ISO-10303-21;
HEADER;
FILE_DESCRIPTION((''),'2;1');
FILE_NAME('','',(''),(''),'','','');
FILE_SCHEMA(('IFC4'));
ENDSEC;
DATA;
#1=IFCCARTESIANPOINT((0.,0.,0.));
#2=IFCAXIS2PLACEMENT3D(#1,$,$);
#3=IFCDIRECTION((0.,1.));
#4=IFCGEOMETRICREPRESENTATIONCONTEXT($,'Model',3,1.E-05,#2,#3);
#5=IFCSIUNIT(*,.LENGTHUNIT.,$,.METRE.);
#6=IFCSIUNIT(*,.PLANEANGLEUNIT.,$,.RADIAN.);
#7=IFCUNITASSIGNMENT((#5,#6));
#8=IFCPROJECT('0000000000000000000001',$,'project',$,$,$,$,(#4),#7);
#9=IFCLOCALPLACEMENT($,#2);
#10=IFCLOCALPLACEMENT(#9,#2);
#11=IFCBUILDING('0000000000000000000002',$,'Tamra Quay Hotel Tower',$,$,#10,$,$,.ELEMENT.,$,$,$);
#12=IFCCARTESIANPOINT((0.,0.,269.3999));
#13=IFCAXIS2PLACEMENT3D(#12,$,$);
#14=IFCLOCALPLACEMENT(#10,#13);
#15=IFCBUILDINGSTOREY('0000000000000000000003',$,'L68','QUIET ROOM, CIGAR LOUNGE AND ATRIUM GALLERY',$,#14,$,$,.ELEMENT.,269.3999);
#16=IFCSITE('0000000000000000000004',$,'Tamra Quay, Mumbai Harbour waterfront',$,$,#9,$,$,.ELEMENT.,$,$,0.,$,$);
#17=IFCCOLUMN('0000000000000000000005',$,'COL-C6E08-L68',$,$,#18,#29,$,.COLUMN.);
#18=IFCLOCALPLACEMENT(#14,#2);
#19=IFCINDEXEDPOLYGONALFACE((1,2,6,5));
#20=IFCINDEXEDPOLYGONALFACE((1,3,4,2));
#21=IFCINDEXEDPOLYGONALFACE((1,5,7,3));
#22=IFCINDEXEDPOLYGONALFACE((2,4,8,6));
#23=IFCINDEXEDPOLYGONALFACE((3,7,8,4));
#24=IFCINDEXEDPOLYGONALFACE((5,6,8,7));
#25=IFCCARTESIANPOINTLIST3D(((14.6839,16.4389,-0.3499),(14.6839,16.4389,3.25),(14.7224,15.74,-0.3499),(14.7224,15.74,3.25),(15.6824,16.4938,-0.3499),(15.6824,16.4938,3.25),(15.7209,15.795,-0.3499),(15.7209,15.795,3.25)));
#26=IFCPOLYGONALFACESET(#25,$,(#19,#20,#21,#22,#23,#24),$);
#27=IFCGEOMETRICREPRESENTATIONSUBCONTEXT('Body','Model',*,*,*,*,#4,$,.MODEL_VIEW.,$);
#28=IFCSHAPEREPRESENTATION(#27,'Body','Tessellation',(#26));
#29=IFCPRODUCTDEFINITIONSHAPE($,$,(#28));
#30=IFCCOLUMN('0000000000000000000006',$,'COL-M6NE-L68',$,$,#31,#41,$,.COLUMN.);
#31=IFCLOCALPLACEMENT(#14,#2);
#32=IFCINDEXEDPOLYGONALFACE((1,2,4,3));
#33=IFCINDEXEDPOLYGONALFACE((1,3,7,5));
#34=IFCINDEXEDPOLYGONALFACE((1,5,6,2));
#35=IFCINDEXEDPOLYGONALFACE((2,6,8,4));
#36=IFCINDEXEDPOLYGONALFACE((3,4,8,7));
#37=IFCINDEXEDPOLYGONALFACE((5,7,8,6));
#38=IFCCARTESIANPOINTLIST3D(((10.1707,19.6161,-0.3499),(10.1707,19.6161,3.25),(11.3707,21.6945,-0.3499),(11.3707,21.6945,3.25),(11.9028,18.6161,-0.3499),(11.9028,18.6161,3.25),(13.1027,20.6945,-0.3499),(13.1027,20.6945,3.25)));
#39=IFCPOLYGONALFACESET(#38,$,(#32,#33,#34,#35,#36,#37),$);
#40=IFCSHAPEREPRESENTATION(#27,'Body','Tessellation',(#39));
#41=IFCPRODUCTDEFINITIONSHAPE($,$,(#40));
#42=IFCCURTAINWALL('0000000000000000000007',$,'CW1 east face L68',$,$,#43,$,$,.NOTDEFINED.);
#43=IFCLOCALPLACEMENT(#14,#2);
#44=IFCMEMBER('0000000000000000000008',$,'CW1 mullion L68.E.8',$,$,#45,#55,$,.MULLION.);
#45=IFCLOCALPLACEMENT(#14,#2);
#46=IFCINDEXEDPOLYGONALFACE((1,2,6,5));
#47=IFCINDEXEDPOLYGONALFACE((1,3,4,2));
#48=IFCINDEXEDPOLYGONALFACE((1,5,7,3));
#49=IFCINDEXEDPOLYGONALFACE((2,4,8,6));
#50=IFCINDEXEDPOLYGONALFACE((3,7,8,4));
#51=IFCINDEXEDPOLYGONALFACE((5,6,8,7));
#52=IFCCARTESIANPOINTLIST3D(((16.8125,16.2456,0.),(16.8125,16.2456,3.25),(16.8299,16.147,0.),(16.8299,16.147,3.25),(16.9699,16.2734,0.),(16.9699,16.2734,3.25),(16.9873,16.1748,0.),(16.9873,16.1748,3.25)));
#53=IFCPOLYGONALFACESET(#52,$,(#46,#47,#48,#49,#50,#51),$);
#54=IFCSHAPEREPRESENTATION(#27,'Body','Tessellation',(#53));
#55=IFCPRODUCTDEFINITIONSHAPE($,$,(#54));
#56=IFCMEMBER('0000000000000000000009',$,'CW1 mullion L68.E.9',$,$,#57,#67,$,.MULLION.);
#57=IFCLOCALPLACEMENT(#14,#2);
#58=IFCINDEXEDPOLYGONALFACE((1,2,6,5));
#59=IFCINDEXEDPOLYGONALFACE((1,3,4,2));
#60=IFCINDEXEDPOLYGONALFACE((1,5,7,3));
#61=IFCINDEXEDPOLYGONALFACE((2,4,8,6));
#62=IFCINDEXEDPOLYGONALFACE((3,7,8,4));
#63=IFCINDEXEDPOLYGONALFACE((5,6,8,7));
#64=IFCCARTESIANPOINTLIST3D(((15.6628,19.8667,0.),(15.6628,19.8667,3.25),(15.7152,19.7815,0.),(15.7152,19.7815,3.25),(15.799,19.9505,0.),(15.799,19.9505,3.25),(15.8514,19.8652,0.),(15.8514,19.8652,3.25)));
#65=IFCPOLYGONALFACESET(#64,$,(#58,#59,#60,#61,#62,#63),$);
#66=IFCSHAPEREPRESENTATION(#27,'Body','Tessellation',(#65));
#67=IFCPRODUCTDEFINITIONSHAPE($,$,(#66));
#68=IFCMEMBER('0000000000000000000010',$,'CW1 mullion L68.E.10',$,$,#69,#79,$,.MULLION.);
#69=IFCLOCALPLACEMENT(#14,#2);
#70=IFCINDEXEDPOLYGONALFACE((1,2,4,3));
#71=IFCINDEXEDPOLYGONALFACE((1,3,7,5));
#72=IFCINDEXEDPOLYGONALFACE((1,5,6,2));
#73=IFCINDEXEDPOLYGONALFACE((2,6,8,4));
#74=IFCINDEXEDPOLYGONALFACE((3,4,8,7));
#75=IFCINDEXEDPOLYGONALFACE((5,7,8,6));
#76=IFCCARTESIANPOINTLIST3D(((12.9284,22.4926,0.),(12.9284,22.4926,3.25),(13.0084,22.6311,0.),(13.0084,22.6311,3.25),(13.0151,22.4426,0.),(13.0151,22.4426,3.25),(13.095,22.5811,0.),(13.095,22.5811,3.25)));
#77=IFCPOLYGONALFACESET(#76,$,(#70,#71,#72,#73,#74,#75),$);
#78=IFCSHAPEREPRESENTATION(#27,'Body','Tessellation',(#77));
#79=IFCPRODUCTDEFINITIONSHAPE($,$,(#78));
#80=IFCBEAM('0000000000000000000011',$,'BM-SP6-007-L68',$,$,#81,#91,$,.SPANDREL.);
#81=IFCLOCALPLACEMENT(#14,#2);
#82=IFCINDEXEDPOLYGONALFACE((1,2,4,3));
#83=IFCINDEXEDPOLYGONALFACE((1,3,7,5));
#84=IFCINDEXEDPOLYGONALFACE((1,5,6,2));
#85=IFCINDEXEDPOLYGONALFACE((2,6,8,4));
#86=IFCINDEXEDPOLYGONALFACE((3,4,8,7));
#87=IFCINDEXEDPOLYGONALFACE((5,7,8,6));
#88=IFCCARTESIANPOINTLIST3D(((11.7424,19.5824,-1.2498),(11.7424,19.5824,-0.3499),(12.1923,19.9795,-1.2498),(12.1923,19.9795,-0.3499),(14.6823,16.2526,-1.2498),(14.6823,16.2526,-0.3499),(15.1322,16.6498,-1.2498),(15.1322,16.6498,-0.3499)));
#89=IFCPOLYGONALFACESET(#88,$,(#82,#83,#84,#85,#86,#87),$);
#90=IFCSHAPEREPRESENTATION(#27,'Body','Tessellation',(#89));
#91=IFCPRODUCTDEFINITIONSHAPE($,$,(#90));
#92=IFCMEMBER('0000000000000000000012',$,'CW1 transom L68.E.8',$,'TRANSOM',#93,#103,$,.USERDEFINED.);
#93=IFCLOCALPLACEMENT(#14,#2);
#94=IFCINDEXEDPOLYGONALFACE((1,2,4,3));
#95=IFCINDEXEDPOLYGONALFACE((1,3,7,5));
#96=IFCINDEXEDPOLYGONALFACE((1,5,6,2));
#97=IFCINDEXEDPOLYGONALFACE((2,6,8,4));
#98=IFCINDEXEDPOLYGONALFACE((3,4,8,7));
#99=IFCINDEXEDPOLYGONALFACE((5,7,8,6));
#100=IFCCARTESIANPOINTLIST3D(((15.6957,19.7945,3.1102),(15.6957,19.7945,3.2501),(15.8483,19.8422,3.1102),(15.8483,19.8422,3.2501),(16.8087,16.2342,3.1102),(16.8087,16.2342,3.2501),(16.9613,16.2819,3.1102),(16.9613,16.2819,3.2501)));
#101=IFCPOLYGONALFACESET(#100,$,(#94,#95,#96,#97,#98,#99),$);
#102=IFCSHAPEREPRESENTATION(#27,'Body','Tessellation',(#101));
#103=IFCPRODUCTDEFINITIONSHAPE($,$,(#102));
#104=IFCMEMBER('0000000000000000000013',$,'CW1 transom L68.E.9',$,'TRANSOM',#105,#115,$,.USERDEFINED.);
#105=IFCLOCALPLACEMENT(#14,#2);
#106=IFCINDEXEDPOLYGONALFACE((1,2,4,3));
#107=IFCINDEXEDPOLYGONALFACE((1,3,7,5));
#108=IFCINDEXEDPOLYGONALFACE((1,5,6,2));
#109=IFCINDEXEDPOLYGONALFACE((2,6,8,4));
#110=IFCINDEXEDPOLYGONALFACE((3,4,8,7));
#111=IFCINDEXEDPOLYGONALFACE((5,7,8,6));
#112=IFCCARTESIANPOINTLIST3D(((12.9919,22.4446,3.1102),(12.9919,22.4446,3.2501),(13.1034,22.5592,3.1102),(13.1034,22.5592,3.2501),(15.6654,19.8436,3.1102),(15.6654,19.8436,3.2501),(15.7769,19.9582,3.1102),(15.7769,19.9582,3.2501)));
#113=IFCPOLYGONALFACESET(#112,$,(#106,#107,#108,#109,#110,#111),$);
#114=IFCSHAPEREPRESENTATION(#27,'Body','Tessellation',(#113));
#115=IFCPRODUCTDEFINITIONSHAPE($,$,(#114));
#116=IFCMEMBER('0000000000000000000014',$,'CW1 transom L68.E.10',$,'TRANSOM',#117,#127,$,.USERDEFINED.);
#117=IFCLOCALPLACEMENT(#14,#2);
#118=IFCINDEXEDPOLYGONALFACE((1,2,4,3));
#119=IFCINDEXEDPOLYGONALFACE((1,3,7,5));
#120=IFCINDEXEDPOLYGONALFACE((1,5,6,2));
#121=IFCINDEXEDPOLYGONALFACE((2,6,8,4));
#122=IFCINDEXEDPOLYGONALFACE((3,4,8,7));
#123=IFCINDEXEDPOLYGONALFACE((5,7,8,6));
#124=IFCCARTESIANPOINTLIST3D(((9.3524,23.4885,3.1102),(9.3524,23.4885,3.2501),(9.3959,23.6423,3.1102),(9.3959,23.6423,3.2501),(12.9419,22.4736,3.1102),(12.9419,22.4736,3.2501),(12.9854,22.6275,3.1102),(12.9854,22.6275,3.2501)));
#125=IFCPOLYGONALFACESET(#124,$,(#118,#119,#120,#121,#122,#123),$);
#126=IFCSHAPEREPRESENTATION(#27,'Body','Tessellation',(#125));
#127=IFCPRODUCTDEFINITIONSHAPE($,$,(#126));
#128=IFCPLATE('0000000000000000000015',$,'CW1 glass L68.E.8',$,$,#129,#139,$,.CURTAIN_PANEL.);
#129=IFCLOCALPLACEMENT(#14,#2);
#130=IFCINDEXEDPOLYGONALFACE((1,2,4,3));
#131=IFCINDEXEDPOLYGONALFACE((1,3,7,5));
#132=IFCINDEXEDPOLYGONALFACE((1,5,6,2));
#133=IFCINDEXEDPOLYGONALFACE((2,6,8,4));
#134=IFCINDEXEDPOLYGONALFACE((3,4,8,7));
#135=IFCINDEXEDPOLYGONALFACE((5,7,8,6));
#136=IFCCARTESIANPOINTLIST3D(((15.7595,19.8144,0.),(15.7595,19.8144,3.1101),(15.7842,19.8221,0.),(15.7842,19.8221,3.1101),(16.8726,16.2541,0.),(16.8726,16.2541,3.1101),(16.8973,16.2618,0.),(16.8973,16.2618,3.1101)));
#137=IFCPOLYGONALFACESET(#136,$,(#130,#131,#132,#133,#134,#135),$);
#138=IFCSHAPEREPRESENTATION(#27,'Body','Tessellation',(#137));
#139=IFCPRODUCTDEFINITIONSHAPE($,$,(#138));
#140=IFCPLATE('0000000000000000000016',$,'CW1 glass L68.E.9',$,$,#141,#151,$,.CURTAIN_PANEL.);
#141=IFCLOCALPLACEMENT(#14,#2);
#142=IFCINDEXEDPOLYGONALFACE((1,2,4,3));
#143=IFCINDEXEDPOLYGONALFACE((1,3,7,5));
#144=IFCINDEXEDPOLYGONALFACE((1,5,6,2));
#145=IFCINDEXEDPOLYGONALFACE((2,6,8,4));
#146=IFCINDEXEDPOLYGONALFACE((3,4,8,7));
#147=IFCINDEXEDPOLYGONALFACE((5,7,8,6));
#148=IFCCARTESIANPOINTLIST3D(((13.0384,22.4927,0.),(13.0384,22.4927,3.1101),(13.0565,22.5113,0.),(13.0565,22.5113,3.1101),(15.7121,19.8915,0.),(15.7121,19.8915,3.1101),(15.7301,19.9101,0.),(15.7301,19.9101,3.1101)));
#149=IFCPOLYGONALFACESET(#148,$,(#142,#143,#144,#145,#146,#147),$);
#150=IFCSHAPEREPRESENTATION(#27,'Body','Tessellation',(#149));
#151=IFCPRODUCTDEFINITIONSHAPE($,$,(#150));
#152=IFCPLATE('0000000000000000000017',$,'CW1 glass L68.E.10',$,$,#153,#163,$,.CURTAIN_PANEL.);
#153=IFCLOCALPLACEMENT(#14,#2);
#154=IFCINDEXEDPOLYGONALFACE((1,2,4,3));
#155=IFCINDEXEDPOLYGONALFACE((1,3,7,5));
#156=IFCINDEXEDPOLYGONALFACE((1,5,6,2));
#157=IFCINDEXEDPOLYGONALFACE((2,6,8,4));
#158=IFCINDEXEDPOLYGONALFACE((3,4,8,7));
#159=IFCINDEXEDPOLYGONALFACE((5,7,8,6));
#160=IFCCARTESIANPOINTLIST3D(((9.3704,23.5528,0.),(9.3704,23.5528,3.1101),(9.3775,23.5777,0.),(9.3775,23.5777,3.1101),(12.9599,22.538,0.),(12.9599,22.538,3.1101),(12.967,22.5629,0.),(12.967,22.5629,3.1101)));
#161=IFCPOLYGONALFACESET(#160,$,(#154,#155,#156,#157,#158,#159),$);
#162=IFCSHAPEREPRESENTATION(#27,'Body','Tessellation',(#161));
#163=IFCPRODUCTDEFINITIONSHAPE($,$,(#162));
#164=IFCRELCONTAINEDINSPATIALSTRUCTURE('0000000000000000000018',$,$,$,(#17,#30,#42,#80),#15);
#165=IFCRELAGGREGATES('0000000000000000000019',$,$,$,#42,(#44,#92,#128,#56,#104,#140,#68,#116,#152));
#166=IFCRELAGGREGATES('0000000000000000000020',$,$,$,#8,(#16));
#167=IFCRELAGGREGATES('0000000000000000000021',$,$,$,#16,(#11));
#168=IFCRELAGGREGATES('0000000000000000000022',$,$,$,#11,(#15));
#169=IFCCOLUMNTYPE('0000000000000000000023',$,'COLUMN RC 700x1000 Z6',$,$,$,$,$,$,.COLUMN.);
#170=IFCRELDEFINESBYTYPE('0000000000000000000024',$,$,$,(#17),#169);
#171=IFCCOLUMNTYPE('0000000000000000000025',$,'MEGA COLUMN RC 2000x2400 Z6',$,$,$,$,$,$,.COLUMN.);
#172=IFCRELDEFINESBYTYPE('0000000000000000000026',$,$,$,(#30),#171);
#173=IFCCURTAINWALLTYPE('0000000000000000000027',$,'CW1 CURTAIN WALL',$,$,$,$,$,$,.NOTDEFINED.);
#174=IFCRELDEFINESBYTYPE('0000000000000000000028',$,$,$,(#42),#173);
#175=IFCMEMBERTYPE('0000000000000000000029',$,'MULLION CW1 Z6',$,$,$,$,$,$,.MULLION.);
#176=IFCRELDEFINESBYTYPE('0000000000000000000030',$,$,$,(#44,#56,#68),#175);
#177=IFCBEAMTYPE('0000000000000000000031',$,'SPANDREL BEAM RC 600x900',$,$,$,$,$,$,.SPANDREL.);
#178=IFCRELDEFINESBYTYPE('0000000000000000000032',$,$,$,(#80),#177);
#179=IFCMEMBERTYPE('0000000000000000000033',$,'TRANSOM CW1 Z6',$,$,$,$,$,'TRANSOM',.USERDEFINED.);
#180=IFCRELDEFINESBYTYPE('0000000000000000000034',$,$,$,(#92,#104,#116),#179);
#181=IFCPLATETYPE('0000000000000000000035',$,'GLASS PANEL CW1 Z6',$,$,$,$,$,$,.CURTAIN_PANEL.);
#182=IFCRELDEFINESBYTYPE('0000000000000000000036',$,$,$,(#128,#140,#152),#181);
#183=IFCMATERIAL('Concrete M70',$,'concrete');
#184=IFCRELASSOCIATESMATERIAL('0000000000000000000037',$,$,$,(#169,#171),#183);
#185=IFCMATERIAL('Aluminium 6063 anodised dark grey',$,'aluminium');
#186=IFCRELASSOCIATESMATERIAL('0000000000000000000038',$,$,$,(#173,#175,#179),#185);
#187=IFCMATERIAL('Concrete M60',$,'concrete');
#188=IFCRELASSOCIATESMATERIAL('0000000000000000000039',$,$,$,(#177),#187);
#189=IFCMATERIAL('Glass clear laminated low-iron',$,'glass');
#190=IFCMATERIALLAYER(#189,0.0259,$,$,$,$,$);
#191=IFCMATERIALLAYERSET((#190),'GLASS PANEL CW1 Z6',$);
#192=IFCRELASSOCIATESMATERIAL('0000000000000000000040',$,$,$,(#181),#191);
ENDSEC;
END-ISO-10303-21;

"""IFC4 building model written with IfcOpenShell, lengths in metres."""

from ifc_helpers import new_model, si_unit, direction, frame, origin, origin_2d, place, context, subcontext, project, spatial, rectangle, extrude, material, layer, layer_set, material_profile, profile_set, type_object, element, aggregate, save


model = new_model("IFC4")

# Units and contexts
model_context = context("Model", 3, precision=1e-05, world=origin(), true_north=direction((0.0, 1.0)))
body_context = subcontext(model_context, "Body", "Model", "MODEL_VIEW")
ifc_project = project(units=[si_unit("LENGTHUNIT", "METRE"), si_unit("PLANEANGLEUNIT", "RADIAN")], contexts=[model_context])

# Site, building, storey
site_placement = place(None, origin())
site = spatial("IfcSite", under=ifc_project, at=site_placement, Name="Tamra Quay, Mumbai Harbour waterfront", CompositionType="ELEMENT", RefElevation=0.0)
building_placement = place(site_placement, origin())
building = spatial("IfcBuilding", under=site, at=building_placement, Name="Tamra Quay Hotel Tower", CompositionType="ELEMENT")
storey_placement = place(building_placement, frame((0.0, 0.0, 269.3999)))
storey = spatial("IfcBuildingStorey", under=building, at=storey_placement, Name="L68", Description="QUIET ROOM, CIGAR LOUNGE AND ATRIUM GALLERY", CompositionType="ELEMENT", Elevation=269.3999)

# Columns
ifc_material_1 = material(Name="Concrete M70", Category="concrete")
ifc_material_profile_1 = material_profile(ifc_material_1, rectangle(XDim=1.0, YDim=0.7, at=origin_2d()), Name="COLUMN RC 700x1000 Z6")
ifc_profile_set_1 = profile_set([ifc_material_profile_1], Name="Concrete M70")
column_type_1 = type_object("IfcColumnType", Name="COLUMN RC 700x1000 Z6", PredefinedType="COLUMN", material=ifc_profile_set_1)
column_1_placement = place(storey_placement, frame((15.2024, 16.1169, -0.3499), z_axis=(0.0, 0.0, 1.0), x_axis=(0.998491, 0.054917, 0.0)))
element("IfcColumn", 1, at=column_1_placement, inside=storey, type_object=column_type_1, Name="COL-C6E08-L68", PredefinedType="COLUMN", context=body_context, shape_type="SweptSolid", body=[
    extrude(rectangle(XDim=1.0, YDim=0.7, at=origin_2d()), origin(), (0.0, 0.0, 1.0), 3.5999),
])
ifc_material_profile_2 = material_profile(ifc_material_1, rectangle(XDim=2.3999, YDim=2.0, at=origin_2d()), Name="MEGA COLUMN RC 2000x2400 Z6")
ifc_profile_set_2 = profile_set([ifc_material_profile_2], Name="Concrete M70")
column_type_2 = type_object("IfcColumnType", Name="MEGA COLUMN RC 2000x2400 Z6", PredefinedType="COLUMN", material=ifc_profile_set_2)
column_2_placement = place(storey_placement, frame((11.6367, 20.1553, -0.3499), z_axis=(0.0, 0.0, 1.0), x_axis=(0.5, 0.866025, 0.0)))
element("IfcColumn", 2, at=column_2_placement, inside=storey, type_object=column_type_2, Name="COL-M6NE-L68", PredefinedType="COLUMN", context=body_context, shape_type="SweptSolid", body=[
    extrude(rectangle(XDim=2.3999, YDim=2.0, at=origin_2d()), origin(), (0.0, 0.0, 1.0), 3.5999),
])

# Curtain wall, members
ifc_material_2 = material(Name="Aluminium 6063 anodised dark grey", Category="aluminium")
curtain_wall_type = type_object("IfcCurtainWallType", Name="CW1 CURTAIN WALL", PredefinedType="NOTDEFINED", material=ifc_material_2)
curtain_wall_placement = place(storey_placement, origin())
curtain_wall = element("IfcCurtainWall", 3, at=curtain_wall_placement, inside=storey, type_object=curtain_wall_type, Name="CW1 east face L68", PredefinedType="NOTDEFINED")
ifc_material_profile_3 = material_profile(ifc_material_2, rectangle(XDim=0.1599, YDim=0.1001, at=origin_2d()), Name="MULLION 100X160")
ifc_profile_set_3 = profile_set([ifc_material_profile_3], Name="Aluminium 6063 anodised dark grey")
member_type_1 = type_object("IfcMemberType", Name="MULLION CW1 Z6", PredefinedType="MULLION", material=ifc_profile_set_3)
member_1_placement = place(storey_placement, frame((16.8999, 16.2102, 0.0), z_axis=(0.0, 0.0, 1.0), x_axis=(0.98474, 0.174032, 0.0)))
member_1 = element("IfcMember", 4, at=member_1_placement, type_object=member_type_1, Name="CW1 mullion L68.E.8", PredefinedType="MULLION", context=body_context, shape_type="SweptSolid", body=[
    extrude(rectangle(XDim=0.1599, YDim=0.1001, at=origin_2d()), origin(), (0.0, 0.0, 1.0), 3.25),
])
member_2_placement = place(storey_placement, frame((15.7571, 19.866, 0.0), z_axis=(0.0, 0.0, 1.0), x_axis=(0.851964, 0.5236, 0.0)))
member_2 = element("IfcMember", 5, at=member_2_placement, type_object=member_type_1, Name="CW1 mullion L68.E.9", PredefinedType="MULLION", context=body_context, shape_type="SweptSolid", body=[
    extrude(rectangle(XDim=0.1599, YDim=0.1001, at=origin_2d()), origin(), (0.0, 0.0, 1.0), 3.25),
])
member_3_placement = place(storey_placement, frame((13.0117, 22.5369, 0.0), z_axis=(0.0, 0.0, 1.0), x_axis=(0.5, 0.866025, 0.0)))
member_3 = element("IfcMember", 6, at=member_3_placement, type_object=member_type_1, Name="CW1 mullion L68.E.10", PredefinedType="MULLION", context=body_context, shape_type="SweptSolid", body=[
    extrude(rectangle(XDim=0.1599, YDim=0.1001, at=origin_2d()), origin(), (0.0, 0.0, 1.0), 3.25),
])

# Beam
ifc_material_3 = material(Name="Concrete M60", Category="concrete")
ifc_material_profile_4 = material_profile(ifc_material_3, rectangle(XDim=0.6001, YDim=0.8999, at=origin_2d()), Name="SPANDREL BEAM RC 600x900")
ifc_profile_set_4 = profile_set([ifc_material_profile_4], Name="Concrete M60")
beam_type = type_object("IfcBeamType", Name="SPANDREL BEAM RC 600x900", PredefinedType="SPANDREL", material=ifc_profile_set_4)
beam_placement = place(storey_placement, frame((14.9072, 16.4512, -0.7998), z_axis=(-0.661856, 0.749631, 0.0), x_axis=(-0.749631, -0.661856, 0.0)))
element("IfcBeam", 7, at=beam_placement, inside=storey, type_object=beam_type, Name="BM-SP6-007-L68", PredefinedType="SPANDREL", context=body_context, shape_type="SweptSolid", body=[
    extrude(rectangle(XDim=0.6001, YDim=0.8999, at=origin_2d()), origin(), (0.0, 0.0, 1.0), 4.4419),
])

# Members
ifc_material_profile_5 = material_profile(ifc_material_2, rectangle(XDim=0.1599, YDim=0.1399, at=origin_2d()), Name="TRANSOM 160X140")
ifc_profile_set_5 = profile_set([ifc_material_profile_5], Name="Aluminium 6063 anodised dark grey")
member_type_2 = type_object("IfcMemberType", Name="TRANSOM CW1 Z6", ElementType="TRANSOM", PredefinedType="USERDEFINED", material=ifc_profile_set_5)
member_4_placement = place(storey_placement, frame((16.885, 16.2581, 3.1802), z_axis=(-0.298383, 0.954446, 0.0), x_axis=(-0.954446, -0.298383, 0.0)))
member_4 = element("IfcMember", 8, at=member_4_placement, type_object=member_type_2, Name="CW1 transom L68.E.8", ObjectType="TRANSOM", PredefinedType="USERDEFINED", context=body_context, shape_type="SweptSolid", body=[
    extrude(rectangle(XDim=0.1599, YDim=0.1399, at=origin_2d()), origin(), (0.0, 0.0, 1.0), 3.7302),
])
member_5_placement = place(storey_placement, frame((15.7212, 19.9009, 3.1802), z_axis=(-0.71676, 0.69732, 0.0), x_axis=(-0.69732, -0.71676, 0.0)))
member_5 = element("IfcMember", 9, at=member_5_placement, type_object=member_type_2, Name="CW1 transom L68.E.9", ObjectType="TRANSOM", PredefinedType="USERDEFINED", context=body_context, shape_type="SweptSolid", body=[
    extrude(rectangle(XDim=0.1599, YDim=0.1399, at=origin_2d()), origin(), (0.0, 0.0, 1.0), 3.73),
])
member_6_placement = place(storey_placement, frame((12.9636, 22.5505, 3.1802), z_axis=(-0.962278, 0.272066, 0.0), x_axis=(-0.272066, -0.962278, 0.0)))
member_6 = element("IfcMember", 10, at=member_6_placement, type_object=member_type_2, Name="CW1 transom L68.E.10", ObjectType="TRANSOM", PredefinedType="USERDEFINED", context=body_context, shape_type="SweptSolid", body=[
    extrude(rectangle(XDim=0.1599, YDim=0.1399, at=origin_2d()), origin(), (0.0, 0.0, 1.0), 3.7302),
])

# Plates
ifc_material_4 = material(Name="Glass clear laminated low-iron", Category="glass")
ifc_layer_1 = layer(ifc_material_4, 0.0259)
ifc_layer_set_1 = layer_set([ifc_layer_1], Name="GLASS PANEL CW1 Z6")
plate_type = type_object("IfcPlateType", Name="GLASS PANEL CW1 Z6", PredefinedType="CURTAIN_PANEL", material=ifc_layer_set_1)
plate_1_placement = place(storey_placement, frame((16.3284, 18.0381, 0.0), z_axis=(0.0, 0.0, 1.0), x_axis=(-0.298392, 0.954443, 0.0)))
plate_1 = element("IfcPlate", 11, at=plate_1_placement, type_object=plate_type, Name="CW1 glass L68.E.8", PredefinedType="CURTAIN_PANEL", context=body_context, shape_type="SweptSolid", body=[
    extrude(rectangle(XDim=3.7302, YDim=0.0259, at=origin_2d()), origin(), (0.0, 0.0, 1.0), 3.1101),
])
plate_2_placement = place(storey_placement, frame((14.3843, 21.2014, 0.0), z_axis=(0.0, 0.0, 1.0), x_axis=(-0.716753, 0.697327, 0.0)))
plate_2 = element("IfcPlate", 12, at=plate_2_placement, type_object=plate_type, Name="CW1 glass L68.E.9", PredefinedType="CURTAIN_PANEL", context=body_context, shape_type="SweptSolid", body=[
    extrude(rectangle(XDim=3.7302, YDim=0.0259, at=origin_2d()), origin(), (0.0, 0.0, 1.0), 3.1101),
])
plate_3_placement = place(storey_placement, frame((11.1687, 23.0579, 0.0), z_axis=(0.0, 0.0, 1.0), x_axis=(-0.96228, 0.272062, 0.0)))
plate_3 = element("IfcPlate", 13, at=plate_3_placement, type_object=plate_type, Name="CW1 glass L68.E.10", PredefinedType="CURTAIN_PANEL", context=body_context, shape_type="SweptSolid", body=[
    extrude(rectangle(XDim=3.7302, YDim=0.0259, at=origin_2d()), origin(), (0.0, 0.0, 1.0), 3.1101),
])
aggregate(curtain_wall, [member_1, member_4, plate_1, member_2, member_5, plate_2, member_3, member_6, plate_3])

save(model, "model.ifc")
